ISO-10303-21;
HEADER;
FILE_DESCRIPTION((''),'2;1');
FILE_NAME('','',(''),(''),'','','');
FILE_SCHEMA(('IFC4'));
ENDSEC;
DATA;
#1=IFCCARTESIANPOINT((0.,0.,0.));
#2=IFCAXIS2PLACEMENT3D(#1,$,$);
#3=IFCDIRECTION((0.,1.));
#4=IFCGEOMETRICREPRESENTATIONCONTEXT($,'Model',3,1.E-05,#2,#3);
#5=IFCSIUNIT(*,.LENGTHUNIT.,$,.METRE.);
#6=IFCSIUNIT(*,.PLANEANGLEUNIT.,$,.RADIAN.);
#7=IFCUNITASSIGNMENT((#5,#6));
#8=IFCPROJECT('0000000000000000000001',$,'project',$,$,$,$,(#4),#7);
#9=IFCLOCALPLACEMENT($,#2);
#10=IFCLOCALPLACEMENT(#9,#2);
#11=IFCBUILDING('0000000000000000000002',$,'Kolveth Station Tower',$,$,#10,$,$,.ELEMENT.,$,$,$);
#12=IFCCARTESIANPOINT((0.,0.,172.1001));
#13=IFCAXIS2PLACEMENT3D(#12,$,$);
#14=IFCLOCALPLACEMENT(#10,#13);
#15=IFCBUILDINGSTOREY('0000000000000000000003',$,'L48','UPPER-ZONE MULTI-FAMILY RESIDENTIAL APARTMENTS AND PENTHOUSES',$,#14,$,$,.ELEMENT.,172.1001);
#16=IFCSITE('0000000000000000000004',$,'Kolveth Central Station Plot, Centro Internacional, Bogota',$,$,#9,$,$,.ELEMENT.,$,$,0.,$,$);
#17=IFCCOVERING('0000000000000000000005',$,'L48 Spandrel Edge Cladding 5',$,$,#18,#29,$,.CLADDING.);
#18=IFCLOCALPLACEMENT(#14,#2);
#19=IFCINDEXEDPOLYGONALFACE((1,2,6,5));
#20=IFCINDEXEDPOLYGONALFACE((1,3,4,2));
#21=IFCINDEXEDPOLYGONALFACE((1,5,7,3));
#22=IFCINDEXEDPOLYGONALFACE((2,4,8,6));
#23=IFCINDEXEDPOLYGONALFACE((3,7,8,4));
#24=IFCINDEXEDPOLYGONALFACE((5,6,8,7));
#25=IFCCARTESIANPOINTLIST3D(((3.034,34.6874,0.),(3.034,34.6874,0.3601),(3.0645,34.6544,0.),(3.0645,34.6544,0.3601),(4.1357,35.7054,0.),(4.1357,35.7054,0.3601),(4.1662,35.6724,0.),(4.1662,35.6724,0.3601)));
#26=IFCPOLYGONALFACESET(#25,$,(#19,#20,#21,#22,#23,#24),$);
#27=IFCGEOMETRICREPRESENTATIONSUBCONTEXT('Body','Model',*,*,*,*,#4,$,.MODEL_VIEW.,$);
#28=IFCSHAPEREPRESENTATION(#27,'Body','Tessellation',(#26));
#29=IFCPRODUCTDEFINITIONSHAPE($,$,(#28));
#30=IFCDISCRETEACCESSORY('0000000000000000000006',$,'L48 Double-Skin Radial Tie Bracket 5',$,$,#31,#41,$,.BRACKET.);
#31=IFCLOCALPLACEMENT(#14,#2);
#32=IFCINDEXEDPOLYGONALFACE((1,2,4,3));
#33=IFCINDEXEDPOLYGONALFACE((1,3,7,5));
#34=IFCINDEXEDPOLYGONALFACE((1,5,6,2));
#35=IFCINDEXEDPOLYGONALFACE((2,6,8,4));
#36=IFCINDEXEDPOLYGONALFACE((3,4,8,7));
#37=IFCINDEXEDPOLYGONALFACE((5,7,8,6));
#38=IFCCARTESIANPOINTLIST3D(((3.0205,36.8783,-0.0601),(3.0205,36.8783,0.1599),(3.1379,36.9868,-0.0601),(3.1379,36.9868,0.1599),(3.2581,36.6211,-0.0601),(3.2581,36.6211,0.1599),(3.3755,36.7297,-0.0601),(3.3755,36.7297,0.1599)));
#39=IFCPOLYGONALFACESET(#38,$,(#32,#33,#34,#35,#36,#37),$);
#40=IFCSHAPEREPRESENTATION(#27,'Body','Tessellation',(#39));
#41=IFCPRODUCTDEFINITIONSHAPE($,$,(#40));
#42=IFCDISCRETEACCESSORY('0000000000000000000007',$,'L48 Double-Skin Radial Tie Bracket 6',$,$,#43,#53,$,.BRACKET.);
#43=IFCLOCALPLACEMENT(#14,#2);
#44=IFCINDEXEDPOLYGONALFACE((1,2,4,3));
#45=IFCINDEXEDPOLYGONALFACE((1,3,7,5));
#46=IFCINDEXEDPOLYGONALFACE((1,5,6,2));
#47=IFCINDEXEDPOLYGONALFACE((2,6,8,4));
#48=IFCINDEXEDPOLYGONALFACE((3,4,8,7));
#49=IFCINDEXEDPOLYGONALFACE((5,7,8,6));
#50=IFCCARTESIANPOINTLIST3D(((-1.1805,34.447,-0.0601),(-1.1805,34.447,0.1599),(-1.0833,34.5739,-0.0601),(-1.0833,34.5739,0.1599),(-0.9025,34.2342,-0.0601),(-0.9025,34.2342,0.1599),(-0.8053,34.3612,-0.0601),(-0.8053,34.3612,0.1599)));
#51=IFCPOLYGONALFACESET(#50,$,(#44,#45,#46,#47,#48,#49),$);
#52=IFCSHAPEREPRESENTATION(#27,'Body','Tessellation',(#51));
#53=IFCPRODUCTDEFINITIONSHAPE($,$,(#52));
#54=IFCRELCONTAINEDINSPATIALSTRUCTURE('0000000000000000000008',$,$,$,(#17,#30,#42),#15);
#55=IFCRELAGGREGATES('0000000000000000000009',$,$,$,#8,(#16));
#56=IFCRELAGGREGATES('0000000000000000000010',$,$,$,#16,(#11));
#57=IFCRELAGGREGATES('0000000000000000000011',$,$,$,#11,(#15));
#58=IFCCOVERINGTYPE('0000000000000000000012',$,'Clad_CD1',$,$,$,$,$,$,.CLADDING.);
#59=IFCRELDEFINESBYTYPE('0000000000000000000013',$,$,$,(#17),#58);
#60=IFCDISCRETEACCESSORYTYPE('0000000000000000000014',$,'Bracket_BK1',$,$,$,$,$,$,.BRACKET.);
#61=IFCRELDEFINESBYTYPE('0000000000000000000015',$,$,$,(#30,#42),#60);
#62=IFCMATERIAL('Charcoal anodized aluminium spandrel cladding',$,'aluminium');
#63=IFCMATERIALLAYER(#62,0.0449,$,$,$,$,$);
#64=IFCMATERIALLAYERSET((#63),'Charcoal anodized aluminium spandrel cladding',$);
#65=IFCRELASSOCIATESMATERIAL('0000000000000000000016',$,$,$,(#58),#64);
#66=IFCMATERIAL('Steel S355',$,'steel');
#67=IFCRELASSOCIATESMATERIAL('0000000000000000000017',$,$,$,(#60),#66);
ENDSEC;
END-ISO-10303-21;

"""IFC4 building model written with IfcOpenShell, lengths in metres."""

from ifc_helpers import new_model, si_unit, direction, frame, origin, origin_2d, place, context, subcontext, project, spatial, rectangle, extrude, source, transform, mapped, material, layer, layer_set, type_object, element, save


model = new_model("IFC4")

# Units and contexts
model_context = context("Model", 3, precision=1e-05, world=origin(), true_north=direction((0.0, 1.0)))
body_context = subcontext(model_context, "Body", "Model", "MODEL_VIEW")
ifc_project = project(units=[si_unit("LENGTHUNIT", "METRE"), si_unit("PLANEANGLEUNIT", "RADIAN")], contexts=[model_context])

# Site, building, storey
site_placement = place(None, origin())
site = spatial("IfcSite", under=ifc_project, at=site_placement, Name="Kolveth Central Station Plot, Centro Internacional, Bogota", CompositionType="ELEMENT", RefElevation=0.0)
building_placement = place(site_placement, origin())
building = spatial("IfcBuilding", under=site, at=building_placement, Name="Kolveth Station Tower", CompositionType="ELEMENT")
storey_placement = place(building_placement, frame((0.0, 0.0, 172.1001)))
storey = spatial("IfcBuildingStorey", under=building, at=storey_placement, Name="L48", Description="UPPER-ZONE MULTI-FAMILY RESIDENTIAL APARTMENTS AND PENTHOUSES", CompositionType="ELEMENT", Elevation=172.1001)

# Covering
ifc_material_1 = material(Name="Charcoal anodized aluminium spandrel cladding", Category="aluminium")
ifc_layer_1 = layer(ifc_material_1, 0.0449)
ifc_layer_set_1 = layer_set([ifc_layer_1], Name="Charcoal anodized aluminium spandrel cladding")
covering_type = type_object("IfcCoveringType", Name="Clad_CD1", PredefinedType="CLADDING", material=ifc_layer_set_1)
shared_shape_1 = source(origin(), body_context, "Body", "SweptSolid", [
    extrude(rectangle(XDim=1.5, YDim=0.0449, at=origin_2d()), origin(), (0.0, 0.0, 1.0), 0.3601),
])
covering_placement = place(storey_placement, frame((3.6001, 35.1799, 0.0), z_axis=(0.0, 0.0, 1.0), x_axis=(-0.734441, -0.678673, 0.0)))
element("IfcCovering", 1, at=covering_placement, inside=storey, type_object=covering_type, Name="L48 Spandrel Edge Cladding 5", PredefinedType="CLADDING", context=body_context, shape_type="MappedRepresentation", body=[
    mapped(shared_shape_1, transform((0.0, 0.0, 0.0), x_axis=(1.0, 0.0, 0.0), y_axis=(0.0, 1.0, 0.0), z_axis=(0.0, 0.0, 1.0), scale=1.0)),
])

# Discrete accessories
ifc_material_2 = material(Name="Steel S355", Category="steel")
discrete_accessory_type = type_object("IfcDiscreteAccessoryType", Name="Bracket_BK1", PredefinedType="BRACKET", material=ifc_material_2)
shared_shape_2 = source(origin(), body_context, "Body", "SweptSolid", [
    extrude(rectangle(XDim=0.3501, YDim=0.1599, at=origin_2d()), origin(), (0.0, 0.0, 1.0), 0.22),
])
for number, where, z_axis, x_axis, name in (
    (2, (3.198, 36.804, -0.0601), (0.0, 0.0, 1.0), (-0.678673, 0.734441, 0.0), "L48 Double-Skin Radial Tie Bracket 5"),
    (3, (-0.9929, 34.4041, -0.0601), (0.0, 0.0, 1.0), (-0.794096, 0.607792, 0.0), "L48 Double-Skin Radial Tie Bracket 6"),
):
    element("IfcDiscreteAccessory", number, at=place(storey_placement, frame(where, z_axis=z_axis, x_axis=x_axis)), inside=storey, type_object=discrete_accessory_type, Name=name, PredefinedType="BRACKET", context=body_context, shape_type="MappedRepresentation", body=[
        mapped(shared_shape_2, transform((0.0, 0.0, 0.0), x_axis=(1.0, 0.0, 0.0), y_axis=(0.0, 1.0, 0.0), z_axis=(0.0, 0.0, 1.0), scale=1.0)),
    ])

save(model, "model.ifc")
